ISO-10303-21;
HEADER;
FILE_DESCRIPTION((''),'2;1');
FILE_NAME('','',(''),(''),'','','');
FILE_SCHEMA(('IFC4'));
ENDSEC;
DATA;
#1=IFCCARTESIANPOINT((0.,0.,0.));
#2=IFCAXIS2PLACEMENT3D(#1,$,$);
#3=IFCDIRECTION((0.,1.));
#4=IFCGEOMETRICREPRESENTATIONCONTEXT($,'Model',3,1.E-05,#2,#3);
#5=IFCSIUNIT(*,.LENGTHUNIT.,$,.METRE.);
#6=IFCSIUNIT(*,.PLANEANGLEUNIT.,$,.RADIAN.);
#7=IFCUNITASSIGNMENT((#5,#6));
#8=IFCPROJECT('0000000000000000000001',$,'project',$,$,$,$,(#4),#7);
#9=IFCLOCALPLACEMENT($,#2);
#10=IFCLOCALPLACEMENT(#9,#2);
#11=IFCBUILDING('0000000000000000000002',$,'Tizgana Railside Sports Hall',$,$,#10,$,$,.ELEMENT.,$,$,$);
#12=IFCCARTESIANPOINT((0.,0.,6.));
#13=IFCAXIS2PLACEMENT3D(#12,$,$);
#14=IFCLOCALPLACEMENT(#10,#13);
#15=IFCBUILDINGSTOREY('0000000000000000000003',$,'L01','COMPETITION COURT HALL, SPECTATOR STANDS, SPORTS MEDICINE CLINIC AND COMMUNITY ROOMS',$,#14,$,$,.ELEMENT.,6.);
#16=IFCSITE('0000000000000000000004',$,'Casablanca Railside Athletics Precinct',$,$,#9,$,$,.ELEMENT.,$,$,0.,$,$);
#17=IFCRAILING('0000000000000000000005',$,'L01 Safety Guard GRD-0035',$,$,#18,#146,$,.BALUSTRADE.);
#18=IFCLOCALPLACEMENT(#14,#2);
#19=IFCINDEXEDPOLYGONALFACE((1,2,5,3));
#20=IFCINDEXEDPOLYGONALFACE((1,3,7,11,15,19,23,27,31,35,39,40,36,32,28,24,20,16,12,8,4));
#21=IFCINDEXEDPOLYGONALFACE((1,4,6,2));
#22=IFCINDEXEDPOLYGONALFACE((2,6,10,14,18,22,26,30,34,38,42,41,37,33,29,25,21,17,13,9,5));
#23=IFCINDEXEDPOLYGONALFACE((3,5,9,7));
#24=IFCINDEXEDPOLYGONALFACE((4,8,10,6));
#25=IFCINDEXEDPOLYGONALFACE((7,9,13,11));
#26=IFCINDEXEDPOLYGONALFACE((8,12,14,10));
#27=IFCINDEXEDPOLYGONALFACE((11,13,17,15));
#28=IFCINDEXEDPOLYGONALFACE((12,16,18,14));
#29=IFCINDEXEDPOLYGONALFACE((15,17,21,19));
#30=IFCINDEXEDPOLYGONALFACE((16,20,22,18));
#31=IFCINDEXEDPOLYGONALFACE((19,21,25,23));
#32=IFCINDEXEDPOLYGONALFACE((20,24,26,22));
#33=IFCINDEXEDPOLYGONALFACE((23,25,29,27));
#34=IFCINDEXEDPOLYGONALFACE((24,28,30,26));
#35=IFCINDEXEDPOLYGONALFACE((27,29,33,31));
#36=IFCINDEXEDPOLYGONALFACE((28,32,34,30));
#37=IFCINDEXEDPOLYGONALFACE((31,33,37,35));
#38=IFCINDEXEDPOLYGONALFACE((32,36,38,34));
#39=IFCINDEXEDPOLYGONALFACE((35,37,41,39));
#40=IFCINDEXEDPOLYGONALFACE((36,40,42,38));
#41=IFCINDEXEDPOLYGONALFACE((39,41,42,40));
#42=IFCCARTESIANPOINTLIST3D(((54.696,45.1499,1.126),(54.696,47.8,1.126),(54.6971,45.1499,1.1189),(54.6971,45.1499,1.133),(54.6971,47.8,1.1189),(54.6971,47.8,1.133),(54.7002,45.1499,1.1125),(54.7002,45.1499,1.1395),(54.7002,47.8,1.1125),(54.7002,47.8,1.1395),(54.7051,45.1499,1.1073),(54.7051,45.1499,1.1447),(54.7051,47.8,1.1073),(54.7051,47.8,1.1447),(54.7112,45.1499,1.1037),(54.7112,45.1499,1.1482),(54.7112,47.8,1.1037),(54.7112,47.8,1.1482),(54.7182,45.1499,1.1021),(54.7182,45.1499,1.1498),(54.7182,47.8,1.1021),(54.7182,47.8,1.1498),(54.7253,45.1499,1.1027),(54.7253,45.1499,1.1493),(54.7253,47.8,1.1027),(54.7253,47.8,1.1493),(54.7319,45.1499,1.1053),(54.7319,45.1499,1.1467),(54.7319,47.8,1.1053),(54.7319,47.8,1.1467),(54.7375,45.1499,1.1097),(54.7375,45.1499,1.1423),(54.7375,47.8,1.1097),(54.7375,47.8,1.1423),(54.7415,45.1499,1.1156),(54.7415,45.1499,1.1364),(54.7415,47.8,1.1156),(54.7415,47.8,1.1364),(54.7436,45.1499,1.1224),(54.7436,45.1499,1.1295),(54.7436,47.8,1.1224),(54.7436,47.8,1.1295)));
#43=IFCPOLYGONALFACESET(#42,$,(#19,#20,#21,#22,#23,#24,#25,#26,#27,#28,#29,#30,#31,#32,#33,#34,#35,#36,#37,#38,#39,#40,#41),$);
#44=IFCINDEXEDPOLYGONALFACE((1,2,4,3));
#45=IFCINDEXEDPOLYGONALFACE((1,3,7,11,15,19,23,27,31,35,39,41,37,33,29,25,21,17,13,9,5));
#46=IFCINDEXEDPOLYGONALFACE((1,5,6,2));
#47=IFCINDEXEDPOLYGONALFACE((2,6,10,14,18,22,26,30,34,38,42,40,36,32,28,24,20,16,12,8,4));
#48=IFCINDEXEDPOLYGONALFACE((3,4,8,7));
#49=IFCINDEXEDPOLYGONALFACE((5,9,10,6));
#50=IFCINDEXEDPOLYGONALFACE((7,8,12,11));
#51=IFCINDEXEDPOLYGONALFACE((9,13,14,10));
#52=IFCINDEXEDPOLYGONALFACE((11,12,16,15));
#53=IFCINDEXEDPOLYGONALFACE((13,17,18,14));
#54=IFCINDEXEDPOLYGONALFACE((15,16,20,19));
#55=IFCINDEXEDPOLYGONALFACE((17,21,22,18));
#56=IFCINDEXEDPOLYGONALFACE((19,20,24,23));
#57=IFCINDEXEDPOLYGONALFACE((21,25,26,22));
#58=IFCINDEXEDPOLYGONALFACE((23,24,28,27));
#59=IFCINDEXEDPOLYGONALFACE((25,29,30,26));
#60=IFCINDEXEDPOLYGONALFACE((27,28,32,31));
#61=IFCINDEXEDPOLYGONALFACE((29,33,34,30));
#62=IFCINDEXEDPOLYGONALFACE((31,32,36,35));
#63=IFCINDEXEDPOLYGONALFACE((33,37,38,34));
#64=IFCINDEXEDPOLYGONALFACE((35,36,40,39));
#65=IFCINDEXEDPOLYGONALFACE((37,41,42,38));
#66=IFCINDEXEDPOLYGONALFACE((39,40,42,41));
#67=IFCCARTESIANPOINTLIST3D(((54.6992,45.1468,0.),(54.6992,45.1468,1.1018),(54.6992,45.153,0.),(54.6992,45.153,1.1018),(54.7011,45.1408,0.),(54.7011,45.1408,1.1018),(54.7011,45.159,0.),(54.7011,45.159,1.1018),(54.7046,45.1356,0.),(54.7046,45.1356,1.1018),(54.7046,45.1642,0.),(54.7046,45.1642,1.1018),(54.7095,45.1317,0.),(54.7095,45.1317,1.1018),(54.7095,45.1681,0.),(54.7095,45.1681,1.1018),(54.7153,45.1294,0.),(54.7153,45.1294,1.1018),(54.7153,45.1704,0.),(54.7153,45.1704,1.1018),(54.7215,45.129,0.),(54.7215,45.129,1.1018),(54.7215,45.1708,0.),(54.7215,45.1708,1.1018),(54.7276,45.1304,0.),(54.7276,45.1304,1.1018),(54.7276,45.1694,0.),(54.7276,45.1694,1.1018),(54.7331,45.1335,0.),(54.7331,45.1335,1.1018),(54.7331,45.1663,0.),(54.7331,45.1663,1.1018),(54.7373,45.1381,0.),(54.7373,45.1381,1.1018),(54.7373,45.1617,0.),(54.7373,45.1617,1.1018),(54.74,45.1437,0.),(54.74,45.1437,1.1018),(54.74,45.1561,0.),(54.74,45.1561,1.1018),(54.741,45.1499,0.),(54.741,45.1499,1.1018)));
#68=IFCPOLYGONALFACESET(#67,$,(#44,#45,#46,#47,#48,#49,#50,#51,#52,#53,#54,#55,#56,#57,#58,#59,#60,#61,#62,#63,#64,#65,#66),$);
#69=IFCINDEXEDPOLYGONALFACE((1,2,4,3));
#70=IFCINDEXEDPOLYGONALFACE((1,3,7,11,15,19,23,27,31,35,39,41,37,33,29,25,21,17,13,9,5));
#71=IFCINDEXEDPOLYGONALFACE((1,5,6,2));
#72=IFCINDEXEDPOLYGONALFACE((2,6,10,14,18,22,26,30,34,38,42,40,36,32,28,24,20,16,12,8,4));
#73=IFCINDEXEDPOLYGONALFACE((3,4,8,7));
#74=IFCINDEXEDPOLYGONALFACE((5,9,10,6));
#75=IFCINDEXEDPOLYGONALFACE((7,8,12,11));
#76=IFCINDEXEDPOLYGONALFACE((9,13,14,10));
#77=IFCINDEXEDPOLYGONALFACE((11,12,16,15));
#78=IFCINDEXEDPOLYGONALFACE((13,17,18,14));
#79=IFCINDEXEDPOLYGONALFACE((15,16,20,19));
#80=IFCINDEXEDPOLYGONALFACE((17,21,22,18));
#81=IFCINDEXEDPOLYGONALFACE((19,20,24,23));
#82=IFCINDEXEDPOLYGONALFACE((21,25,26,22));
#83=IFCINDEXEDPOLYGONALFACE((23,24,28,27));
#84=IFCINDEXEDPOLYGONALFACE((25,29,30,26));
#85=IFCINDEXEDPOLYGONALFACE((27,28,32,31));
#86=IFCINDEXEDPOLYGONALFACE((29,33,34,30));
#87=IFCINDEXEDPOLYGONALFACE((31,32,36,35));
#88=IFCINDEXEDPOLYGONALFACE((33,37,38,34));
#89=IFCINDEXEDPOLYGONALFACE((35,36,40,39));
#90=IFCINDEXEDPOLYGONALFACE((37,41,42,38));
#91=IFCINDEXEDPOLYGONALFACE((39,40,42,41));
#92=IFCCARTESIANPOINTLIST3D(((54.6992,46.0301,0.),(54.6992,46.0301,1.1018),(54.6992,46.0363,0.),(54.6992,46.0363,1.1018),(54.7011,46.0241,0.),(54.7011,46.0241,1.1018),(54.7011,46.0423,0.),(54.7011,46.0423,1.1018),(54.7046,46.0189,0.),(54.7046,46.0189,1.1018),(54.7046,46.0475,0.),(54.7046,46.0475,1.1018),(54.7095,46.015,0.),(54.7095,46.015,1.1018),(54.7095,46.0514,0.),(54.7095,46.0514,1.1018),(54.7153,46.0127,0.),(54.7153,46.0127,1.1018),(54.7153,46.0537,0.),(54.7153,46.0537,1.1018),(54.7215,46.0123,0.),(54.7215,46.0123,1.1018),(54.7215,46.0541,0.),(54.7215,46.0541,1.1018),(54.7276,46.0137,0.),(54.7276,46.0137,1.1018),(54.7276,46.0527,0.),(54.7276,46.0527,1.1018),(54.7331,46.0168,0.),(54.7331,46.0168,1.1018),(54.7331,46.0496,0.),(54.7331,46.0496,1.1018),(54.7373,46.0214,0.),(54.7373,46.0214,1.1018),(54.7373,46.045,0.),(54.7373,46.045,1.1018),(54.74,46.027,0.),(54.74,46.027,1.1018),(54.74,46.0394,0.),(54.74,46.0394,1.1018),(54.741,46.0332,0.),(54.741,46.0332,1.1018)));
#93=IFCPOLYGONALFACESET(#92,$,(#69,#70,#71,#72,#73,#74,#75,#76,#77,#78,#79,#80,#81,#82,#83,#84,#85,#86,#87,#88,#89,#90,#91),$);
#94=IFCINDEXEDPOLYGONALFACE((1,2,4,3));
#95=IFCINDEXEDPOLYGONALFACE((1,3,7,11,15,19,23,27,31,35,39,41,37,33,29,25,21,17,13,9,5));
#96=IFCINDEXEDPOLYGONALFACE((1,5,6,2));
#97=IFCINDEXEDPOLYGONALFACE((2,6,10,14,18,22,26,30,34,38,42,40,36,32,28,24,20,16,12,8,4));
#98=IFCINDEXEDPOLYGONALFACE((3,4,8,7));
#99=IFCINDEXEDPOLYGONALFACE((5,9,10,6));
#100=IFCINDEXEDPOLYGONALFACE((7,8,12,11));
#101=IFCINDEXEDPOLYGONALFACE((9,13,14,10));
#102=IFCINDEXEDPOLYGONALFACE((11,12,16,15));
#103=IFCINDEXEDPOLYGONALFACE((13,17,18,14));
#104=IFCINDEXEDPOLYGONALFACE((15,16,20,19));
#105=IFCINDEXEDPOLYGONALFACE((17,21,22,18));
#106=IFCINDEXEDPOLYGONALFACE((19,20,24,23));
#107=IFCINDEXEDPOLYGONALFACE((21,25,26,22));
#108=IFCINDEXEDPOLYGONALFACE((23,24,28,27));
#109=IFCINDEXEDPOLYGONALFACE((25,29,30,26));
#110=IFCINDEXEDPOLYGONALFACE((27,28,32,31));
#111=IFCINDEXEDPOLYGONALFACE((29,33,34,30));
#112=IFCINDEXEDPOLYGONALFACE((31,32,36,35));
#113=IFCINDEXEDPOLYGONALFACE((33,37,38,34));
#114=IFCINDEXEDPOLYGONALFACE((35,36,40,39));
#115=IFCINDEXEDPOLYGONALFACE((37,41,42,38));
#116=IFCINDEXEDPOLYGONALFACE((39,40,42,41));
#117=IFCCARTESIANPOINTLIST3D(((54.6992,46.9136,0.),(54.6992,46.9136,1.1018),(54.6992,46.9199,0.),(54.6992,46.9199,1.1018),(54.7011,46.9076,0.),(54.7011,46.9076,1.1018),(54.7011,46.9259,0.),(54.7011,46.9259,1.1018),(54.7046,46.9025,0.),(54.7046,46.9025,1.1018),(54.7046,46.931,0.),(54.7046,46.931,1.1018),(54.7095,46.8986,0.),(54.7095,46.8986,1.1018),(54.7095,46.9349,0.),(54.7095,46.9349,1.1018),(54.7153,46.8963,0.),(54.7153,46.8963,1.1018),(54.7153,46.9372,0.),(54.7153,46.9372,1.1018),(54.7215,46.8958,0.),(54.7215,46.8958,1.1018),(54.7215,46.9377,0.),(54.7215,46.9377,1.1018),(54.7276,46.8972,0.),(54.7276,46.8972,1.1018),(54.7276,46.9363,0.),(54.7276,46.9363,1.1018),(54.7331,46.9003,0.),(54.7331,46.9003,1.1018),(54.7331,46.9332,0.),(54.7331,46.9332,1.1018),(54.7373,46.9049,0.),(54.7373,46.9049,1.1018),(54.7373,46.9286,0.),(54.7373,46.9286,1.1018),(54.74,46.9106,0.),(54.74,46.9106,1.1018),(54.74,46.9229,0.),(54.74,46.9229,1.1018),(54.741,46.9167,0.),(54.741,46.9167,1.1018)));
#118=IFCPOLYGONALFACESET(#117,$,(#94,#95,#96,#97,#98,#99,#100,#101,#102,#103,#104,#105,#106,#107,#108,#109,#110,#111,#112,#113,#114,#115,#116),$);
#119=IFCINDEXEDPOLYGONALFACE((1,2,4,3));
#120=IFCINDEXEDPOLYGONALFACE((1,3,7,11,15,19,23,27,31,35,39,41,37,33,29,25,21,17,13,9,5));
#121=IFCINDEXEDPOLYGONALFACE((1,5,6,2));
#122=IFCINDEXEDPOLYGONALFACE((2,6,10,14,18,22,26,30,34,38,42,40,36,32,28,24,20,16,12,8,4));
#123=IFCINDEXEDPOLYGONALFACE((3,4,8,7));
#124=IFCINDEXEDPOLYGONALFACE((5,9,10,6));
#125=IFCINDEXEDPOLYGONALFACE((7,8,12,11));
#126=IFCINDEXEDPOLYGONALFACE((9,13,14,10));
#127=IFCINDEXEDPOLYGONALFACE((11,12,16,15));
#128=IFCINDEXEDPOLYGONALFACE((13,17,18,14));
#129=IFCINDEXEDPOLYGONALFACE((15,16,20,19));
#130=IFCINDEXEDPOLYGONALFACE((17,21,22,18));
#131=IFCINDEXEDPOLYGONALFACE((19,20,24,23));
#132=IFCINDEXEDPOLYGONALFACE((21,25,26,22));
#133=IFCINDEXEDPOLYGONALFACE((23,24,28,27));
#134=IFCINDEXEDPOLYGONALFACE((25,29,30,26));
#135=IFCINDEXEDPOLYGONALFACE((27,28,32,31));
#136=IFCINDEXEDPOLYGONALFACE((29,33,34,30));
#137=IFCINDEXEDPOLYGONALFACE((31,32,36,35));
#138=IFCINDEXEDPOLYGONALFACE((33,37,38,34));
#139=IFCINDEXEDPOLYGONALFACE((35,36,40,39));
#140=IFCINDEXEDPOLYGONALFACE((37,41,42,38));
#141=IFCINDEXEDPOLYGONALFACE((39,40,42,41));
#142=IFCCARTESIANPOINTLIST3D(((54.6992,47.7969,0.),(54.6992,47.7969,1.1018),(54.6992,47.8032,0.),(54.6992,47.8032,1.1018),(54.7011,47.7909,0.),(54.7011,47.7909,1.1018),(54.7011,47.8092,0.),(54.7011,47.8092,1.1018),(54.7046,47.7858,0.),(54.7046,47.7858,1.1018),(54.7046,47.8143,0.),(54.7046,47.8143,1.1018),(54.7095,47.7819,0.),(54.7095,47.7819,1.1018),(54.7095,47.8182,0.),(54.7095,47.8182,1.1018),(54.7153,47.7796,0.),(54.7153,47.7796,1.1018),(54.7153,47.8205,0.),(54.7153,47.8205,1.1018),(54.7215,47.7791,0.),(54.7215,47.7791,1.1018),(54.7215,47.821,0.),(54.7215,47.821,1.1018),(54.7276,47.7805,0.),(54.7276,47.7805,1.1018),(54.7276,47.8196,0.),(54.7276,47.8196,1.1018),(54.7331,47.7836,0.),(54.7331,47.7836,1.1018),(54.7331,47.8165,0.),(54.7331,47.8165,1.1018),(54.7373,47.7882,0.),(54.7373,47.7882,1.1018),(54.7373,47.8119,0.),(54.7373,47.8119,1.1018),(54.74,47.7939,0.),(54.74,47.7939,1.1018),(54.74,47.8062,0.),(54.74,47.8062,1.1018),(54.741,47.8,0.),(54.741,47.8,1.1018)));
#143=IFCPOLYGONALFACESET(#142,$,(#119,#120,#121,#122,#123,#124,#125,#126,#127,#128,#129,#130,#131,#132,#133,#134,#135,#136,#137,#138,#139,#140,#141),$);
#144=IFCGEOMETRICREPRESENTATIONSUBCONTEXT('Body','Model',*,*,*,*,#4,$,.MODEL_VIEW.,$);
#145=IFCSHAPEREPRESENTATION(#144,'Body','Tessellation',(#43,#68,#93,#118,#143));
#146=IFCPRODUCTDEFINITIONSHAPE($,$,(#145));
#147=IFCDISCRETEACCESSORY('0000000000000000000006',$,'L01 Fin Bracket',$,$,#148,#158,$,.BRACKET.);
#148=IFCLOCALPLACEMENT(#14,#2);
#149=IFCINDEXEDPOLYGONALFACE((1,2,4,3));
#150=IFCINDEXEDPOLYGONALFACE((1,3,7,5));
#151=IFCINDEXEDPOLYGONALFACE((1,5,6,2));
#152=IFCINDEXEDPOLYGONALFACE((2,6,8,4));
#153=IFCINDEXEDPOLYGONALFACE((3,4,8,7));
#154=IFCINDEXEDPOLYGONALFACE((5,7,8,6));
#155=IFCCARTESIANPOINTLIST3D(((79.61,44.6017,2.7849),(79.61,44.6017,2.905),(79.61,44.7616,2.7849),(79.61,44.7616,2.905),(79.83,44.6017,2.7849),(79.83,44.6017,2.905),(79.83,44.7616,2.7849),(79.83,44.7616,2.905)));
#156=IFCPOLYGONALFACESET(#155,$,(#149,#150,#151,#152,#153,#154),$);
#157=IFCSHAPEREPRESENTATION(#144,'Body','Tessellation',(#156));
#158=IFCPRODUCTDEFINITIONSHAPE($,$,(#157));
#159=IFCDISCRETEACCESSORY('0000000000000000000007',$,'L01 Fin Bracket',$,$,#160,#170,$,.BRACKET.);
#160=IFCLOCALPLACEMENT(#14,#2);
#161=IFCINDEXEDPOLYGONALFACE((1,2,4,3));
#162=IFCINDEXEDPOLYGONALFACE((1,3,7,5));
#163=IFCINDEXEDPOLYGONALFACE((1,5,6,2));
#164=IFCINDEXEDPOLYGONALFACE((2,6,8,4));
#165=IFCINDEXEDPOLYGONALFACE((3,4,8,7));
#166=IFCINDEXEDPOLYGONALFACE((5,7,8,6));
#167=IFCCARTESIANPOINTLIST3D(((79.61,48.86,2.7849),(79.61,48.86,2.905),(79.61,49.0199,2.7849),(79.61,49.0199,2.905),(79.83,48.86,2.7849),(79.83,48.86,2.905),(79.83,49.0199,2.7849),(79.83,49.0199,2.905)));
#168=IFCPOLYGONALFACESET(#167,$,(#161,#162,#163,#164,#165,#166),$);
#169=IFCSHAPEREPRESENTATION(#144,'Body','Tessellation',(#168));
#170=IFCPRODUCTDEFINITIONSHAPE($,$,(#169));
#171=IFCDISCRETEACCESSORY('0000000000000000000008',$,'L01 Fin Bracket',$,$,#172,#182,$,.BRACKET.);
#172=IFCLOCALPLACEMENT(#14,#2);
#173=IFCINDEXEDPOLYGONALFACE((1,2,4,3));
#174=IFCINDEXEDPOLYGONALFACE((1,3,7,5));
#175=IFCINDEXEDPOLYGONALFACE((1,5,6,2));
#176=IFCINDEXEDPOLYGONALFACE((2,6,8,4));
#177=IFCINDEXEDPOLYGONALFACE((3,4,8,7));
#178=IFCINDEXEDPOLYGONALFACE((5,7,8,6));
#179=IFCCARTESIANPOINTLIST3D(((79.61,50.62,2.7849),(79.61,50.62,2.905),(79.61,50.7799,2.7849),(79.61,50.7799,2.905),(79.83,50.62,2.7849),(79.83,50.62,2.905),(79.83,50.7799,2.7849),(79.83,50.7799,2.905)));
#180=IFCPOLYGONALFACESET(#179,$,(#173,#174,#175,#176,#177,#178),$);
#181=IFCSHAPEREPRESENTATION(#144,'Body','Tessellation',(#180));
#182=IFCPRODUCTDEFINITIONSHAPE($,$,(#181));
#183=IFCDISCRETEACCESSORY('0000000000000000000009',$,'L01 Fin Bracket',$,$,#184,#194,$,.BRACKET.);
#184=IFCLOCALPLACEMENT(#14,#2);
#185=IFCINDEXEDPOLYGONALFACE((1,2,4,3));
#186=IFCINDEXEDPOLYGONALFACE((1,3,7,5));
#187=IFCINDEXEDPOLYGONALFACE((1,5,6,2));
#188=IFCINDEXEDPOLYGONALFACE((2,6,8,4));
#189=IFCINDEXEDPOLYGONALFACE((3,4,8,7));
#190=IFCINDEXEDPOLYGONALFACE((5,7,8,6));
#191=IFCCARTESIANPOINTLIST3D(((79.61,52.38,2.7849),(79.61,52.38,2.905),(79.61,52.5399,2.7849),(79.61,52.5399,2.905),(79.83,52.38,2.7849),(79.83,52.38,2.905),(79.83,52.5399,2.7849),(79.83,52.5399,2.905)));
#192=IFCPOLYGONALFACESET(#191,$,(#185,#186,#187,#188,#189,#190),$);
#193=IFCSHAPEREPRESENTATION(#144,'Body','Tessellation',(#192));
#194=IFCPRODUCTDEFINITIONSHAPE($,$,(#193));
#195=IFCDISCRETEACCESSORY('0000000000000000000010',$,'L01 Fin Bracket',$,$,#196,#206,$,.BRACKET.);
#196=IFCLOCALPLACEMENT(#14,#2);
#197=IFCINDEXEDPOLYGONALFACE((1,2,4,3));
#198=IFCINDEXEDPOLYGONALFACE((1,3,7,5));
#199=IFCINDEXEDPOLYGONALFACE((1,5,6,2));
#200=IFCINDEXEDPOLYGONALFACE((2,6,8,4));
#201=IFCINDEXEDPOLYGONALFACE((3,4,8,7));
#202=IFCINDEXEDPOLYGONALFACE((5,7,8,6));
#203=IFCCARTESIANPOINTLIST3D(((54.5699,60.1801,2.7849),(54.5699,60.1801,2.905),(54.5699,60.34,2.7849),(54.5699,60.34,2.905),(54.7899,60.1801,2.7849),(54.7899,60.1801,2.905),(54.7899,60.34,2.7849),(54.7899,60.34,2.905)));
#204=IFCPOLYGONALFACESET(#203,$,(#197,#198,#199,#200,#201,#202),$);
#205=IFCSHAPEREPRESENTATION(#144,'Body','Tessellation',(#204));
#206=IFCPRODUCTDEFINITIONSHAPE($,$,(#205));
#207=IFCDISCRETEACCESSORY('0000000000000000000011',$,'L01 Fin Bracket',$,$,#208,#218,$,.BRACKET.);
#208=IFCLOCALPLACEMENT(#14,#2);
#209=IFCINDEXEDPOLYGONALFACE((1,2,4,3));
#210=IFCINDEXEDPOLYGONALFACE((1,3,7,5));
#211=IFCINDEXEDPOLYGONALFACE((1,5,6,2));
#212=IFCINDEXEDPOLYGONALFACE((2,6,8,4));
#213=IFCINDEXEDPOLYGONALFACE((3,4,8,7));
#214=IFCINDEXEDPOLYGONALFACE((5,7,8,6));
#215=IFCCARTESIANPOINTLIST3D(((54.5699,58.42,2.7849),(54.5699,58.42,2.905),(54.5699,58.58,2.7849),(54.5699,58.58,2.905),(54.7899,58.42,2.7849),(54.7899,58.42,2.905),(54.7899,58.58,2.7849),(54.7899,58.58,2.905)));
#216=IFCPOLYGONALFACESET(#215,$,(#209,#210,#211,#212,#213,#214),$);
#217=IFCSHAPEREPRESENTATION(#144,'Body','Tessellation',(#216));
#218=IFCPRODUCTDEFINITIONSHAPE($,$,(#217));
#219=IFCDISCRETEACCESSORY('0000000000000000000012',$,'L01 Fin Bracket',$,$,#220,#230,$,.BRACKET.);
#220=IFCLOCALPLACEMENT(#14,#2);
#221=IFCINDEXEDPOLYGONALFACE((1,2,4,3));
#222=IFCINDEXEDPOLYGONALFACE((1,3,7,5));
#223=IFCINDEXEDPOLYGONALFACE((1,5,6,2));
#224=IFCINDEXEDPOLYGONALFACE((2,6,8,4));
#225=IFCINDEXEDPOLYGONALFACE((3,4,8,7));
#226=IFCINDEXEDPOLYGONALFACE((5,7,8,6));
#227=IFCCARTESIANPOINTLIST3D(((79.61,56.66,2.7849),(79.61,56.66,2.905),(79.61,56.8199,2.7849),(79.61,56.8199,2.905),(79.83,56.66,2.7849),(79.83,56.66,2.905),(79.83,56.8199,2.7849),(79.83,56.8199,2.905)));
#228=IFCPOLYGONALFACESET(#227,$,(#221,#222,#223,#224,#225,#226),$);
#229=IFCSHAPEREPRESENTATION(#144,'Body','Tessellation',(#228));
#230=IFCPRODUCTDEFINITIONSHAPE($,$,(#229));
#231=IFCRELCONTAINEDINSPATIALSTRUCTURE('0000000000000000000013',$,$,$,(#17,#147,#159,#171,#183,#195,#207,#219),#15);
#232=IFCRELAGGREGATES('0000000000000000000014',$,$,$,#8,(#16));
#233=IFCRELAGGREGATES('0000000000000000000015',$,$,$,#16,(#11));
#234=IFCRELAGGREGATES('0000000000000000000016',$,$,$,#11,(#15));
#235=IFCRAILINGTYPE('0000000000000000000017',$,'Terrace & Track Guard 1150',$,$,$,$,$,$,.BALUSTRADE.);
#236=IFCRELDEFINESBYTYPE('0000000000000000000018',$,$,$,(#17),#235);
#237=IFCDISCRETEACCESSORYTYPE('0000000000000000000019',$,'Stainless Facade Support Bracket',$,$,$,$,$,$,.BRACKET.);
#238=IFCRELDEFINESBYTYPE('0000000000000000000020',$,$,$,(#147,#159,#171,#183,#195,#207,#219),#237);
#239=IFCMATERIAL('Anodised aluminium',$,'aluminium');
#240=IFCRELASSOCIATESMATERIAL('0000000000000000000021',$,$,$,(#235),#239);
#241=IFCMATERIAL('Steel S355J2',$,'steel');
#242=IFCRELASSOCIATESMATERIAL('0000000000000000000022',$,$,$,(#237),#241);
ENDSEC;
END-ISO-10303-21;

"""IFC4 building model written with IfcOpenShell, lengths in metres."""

from ifc_helpers import new_model, si_unit, direction, frame, origin, origin_2d, place, context, subcontext, project, spatial, rectangle, circle, extrude, material, type_object, element, save


model = new_model("IFC4")

# Units and contexts
model_context = context("Model", 3, precision=1e-05, world=origin(), true_north=direction((0.0, 1.0)))
body_context = subcontext(model_context, "Body", "Model", "MODEL_VIEW")
ifc_project = project(units=[si_unit("LENGTHUNIT", "METRE"), si_unit("PLANEANGLEUNIT", "RADIAN")], contexts=[model_context])

# Site, building, storey
site_placement = place(None, origin())
site = spatial("IfcSite", under=ifc_project, at=site_placement, Name="Casablanca Railside Athletics Precinct", CompositionType="ELEMENT", RefElevation=0.0)
building_placement = place(site_placement, origin())
building = spatial("IfcBuilding", under=site, at=building_placement, Name="Tizgana Railside Sports Hall", CompositionType="ELEMENT")
storey_placement = place(building_placement, frame((0.0, 0.0, 6.0)))
storey = spatial("IfcBuildingStorey", under=building, at=storey_placement, Name="L01", Description="COMPETITION COURT HALL, SPECTATOR STANDS, SPORTS MEDICINE CLINIC AND COMMUNITY ROOMS", CompositionType="ELEMENT", Elevation=6.0)

# Shared definitions
ifc_material_1 = material(Name="Steel S355J2", Category="steel")

# Railing
ifc_material_2 = material(Name="Anodised aluminium", Category="aluminium")
railing_type = type_object("IfcRailingType", Name="Terrace & Track Guard 1150", PredefinedType="BALUSTRADE", material=ifc_material_2)
railing_1_placement = place(storey_placement, frame((54.72, 45.1499, 0.0)))
element("IfcRailing", 1, at=railing_1_placement, inside=storey, type_object=railing_type, Name="L01 Safety Guard GRD-0035", PredefinedType="BALUSTRADE", context=body_context, shape_type="SweptSolid", body=[
    extrude(circle(Radius=0.0239, at=origin_2d()), frame((0.0, 0.0, 1.126), z_axis=(0.0, 1.0, 0.0), x_axis=(-1.0, 0.0, 0.0)), (0.0, 0.0, 1.0), 2.6501),
    extrude(circle(Radius=0.021, at=origin_2d()), origin(), (0.0, 0.0, 1.0), 1.1018),
    extrude(circle(Radius=0.021, at=origin_2d()), frame((0.0, 0.8833, 0.0)), (0.0, 0.0, 1.0), 1.1018),
    extrude(circle(Radius=0.021, at=origin_2d()), frame((0.0, 1.7668, 0.0)), (0.0, 0.0, 1.0), 1.1018),
    extrude(circle(Radius=0.021, at=origin_2d()), frame((0.0, 2.6501, 0.0)), (0.0, 0.0, 1.0), 1.1018),
])

# Discrete accessories
discrete_accessory_type = type_object("IfcDiscreteAccessoryType", Name="Stainless Facade Support Bracket", PredefinedType="BRACKET", material=ifc_material_1)
for number, where, z_axis, x_axis, name in (
    (2, (79.72, 44.6816, 2.7849), (0.0, 0.0, 1.0), (0.0, 1.0, 0.0), "L01 Fin Bracket"),
    (3, (79.72, 48.9399, 2.7849), (0.0, 0.0, 1.0), (0.0, 1.0, 0.0), "L01 Fin Bracket"),
    (4, (79.72, 50.7, 2.7849), (0.0, 0.0, 1.0), (0.0, 1.0, 0.0), "L01 Fin Bracket"),
    (5, (79.72, 52.46, 2.7849), (0.0, 0.0, 1.0), (0.0, 1.0, 0.0), "L01 Fin Bracket"),
    (6, (54.6799, 60.26, 2.7849), (0.0, 0.0, 1.0), (0.0, -1.0, 0.0), "L01 Fin Bracket"),
    (7, (54.6799, 58.5, 2.7849), (0.0, 0.0, 1.0), (0.0, -1.0, 0.0), "L01 Fin Bracket"),
    (8, (79.72, 56.74, 2.7849), (0.0, 0.0, 1.0), (0.0, 1.0, 0.0), "L01 Fin Bracket"),
):
    element("IfcDiscreteAccessory", number, at=place(storey_placement, frame(where, z_axis=z_axis, x_axis=x_axis)), inside=storey, type_object=discrete_accessory_type, Name=name, PredefinedType="BRACKET", context=body_context, shape_type="SweptSolid", body=[
        extrude(rectangle(XDim=0.1599, YDim=0.22, at=origin_2d()), origin(), (0.0, 0.0, 1.0), 0.1201),
    ])

save(model, "model.ifc")
